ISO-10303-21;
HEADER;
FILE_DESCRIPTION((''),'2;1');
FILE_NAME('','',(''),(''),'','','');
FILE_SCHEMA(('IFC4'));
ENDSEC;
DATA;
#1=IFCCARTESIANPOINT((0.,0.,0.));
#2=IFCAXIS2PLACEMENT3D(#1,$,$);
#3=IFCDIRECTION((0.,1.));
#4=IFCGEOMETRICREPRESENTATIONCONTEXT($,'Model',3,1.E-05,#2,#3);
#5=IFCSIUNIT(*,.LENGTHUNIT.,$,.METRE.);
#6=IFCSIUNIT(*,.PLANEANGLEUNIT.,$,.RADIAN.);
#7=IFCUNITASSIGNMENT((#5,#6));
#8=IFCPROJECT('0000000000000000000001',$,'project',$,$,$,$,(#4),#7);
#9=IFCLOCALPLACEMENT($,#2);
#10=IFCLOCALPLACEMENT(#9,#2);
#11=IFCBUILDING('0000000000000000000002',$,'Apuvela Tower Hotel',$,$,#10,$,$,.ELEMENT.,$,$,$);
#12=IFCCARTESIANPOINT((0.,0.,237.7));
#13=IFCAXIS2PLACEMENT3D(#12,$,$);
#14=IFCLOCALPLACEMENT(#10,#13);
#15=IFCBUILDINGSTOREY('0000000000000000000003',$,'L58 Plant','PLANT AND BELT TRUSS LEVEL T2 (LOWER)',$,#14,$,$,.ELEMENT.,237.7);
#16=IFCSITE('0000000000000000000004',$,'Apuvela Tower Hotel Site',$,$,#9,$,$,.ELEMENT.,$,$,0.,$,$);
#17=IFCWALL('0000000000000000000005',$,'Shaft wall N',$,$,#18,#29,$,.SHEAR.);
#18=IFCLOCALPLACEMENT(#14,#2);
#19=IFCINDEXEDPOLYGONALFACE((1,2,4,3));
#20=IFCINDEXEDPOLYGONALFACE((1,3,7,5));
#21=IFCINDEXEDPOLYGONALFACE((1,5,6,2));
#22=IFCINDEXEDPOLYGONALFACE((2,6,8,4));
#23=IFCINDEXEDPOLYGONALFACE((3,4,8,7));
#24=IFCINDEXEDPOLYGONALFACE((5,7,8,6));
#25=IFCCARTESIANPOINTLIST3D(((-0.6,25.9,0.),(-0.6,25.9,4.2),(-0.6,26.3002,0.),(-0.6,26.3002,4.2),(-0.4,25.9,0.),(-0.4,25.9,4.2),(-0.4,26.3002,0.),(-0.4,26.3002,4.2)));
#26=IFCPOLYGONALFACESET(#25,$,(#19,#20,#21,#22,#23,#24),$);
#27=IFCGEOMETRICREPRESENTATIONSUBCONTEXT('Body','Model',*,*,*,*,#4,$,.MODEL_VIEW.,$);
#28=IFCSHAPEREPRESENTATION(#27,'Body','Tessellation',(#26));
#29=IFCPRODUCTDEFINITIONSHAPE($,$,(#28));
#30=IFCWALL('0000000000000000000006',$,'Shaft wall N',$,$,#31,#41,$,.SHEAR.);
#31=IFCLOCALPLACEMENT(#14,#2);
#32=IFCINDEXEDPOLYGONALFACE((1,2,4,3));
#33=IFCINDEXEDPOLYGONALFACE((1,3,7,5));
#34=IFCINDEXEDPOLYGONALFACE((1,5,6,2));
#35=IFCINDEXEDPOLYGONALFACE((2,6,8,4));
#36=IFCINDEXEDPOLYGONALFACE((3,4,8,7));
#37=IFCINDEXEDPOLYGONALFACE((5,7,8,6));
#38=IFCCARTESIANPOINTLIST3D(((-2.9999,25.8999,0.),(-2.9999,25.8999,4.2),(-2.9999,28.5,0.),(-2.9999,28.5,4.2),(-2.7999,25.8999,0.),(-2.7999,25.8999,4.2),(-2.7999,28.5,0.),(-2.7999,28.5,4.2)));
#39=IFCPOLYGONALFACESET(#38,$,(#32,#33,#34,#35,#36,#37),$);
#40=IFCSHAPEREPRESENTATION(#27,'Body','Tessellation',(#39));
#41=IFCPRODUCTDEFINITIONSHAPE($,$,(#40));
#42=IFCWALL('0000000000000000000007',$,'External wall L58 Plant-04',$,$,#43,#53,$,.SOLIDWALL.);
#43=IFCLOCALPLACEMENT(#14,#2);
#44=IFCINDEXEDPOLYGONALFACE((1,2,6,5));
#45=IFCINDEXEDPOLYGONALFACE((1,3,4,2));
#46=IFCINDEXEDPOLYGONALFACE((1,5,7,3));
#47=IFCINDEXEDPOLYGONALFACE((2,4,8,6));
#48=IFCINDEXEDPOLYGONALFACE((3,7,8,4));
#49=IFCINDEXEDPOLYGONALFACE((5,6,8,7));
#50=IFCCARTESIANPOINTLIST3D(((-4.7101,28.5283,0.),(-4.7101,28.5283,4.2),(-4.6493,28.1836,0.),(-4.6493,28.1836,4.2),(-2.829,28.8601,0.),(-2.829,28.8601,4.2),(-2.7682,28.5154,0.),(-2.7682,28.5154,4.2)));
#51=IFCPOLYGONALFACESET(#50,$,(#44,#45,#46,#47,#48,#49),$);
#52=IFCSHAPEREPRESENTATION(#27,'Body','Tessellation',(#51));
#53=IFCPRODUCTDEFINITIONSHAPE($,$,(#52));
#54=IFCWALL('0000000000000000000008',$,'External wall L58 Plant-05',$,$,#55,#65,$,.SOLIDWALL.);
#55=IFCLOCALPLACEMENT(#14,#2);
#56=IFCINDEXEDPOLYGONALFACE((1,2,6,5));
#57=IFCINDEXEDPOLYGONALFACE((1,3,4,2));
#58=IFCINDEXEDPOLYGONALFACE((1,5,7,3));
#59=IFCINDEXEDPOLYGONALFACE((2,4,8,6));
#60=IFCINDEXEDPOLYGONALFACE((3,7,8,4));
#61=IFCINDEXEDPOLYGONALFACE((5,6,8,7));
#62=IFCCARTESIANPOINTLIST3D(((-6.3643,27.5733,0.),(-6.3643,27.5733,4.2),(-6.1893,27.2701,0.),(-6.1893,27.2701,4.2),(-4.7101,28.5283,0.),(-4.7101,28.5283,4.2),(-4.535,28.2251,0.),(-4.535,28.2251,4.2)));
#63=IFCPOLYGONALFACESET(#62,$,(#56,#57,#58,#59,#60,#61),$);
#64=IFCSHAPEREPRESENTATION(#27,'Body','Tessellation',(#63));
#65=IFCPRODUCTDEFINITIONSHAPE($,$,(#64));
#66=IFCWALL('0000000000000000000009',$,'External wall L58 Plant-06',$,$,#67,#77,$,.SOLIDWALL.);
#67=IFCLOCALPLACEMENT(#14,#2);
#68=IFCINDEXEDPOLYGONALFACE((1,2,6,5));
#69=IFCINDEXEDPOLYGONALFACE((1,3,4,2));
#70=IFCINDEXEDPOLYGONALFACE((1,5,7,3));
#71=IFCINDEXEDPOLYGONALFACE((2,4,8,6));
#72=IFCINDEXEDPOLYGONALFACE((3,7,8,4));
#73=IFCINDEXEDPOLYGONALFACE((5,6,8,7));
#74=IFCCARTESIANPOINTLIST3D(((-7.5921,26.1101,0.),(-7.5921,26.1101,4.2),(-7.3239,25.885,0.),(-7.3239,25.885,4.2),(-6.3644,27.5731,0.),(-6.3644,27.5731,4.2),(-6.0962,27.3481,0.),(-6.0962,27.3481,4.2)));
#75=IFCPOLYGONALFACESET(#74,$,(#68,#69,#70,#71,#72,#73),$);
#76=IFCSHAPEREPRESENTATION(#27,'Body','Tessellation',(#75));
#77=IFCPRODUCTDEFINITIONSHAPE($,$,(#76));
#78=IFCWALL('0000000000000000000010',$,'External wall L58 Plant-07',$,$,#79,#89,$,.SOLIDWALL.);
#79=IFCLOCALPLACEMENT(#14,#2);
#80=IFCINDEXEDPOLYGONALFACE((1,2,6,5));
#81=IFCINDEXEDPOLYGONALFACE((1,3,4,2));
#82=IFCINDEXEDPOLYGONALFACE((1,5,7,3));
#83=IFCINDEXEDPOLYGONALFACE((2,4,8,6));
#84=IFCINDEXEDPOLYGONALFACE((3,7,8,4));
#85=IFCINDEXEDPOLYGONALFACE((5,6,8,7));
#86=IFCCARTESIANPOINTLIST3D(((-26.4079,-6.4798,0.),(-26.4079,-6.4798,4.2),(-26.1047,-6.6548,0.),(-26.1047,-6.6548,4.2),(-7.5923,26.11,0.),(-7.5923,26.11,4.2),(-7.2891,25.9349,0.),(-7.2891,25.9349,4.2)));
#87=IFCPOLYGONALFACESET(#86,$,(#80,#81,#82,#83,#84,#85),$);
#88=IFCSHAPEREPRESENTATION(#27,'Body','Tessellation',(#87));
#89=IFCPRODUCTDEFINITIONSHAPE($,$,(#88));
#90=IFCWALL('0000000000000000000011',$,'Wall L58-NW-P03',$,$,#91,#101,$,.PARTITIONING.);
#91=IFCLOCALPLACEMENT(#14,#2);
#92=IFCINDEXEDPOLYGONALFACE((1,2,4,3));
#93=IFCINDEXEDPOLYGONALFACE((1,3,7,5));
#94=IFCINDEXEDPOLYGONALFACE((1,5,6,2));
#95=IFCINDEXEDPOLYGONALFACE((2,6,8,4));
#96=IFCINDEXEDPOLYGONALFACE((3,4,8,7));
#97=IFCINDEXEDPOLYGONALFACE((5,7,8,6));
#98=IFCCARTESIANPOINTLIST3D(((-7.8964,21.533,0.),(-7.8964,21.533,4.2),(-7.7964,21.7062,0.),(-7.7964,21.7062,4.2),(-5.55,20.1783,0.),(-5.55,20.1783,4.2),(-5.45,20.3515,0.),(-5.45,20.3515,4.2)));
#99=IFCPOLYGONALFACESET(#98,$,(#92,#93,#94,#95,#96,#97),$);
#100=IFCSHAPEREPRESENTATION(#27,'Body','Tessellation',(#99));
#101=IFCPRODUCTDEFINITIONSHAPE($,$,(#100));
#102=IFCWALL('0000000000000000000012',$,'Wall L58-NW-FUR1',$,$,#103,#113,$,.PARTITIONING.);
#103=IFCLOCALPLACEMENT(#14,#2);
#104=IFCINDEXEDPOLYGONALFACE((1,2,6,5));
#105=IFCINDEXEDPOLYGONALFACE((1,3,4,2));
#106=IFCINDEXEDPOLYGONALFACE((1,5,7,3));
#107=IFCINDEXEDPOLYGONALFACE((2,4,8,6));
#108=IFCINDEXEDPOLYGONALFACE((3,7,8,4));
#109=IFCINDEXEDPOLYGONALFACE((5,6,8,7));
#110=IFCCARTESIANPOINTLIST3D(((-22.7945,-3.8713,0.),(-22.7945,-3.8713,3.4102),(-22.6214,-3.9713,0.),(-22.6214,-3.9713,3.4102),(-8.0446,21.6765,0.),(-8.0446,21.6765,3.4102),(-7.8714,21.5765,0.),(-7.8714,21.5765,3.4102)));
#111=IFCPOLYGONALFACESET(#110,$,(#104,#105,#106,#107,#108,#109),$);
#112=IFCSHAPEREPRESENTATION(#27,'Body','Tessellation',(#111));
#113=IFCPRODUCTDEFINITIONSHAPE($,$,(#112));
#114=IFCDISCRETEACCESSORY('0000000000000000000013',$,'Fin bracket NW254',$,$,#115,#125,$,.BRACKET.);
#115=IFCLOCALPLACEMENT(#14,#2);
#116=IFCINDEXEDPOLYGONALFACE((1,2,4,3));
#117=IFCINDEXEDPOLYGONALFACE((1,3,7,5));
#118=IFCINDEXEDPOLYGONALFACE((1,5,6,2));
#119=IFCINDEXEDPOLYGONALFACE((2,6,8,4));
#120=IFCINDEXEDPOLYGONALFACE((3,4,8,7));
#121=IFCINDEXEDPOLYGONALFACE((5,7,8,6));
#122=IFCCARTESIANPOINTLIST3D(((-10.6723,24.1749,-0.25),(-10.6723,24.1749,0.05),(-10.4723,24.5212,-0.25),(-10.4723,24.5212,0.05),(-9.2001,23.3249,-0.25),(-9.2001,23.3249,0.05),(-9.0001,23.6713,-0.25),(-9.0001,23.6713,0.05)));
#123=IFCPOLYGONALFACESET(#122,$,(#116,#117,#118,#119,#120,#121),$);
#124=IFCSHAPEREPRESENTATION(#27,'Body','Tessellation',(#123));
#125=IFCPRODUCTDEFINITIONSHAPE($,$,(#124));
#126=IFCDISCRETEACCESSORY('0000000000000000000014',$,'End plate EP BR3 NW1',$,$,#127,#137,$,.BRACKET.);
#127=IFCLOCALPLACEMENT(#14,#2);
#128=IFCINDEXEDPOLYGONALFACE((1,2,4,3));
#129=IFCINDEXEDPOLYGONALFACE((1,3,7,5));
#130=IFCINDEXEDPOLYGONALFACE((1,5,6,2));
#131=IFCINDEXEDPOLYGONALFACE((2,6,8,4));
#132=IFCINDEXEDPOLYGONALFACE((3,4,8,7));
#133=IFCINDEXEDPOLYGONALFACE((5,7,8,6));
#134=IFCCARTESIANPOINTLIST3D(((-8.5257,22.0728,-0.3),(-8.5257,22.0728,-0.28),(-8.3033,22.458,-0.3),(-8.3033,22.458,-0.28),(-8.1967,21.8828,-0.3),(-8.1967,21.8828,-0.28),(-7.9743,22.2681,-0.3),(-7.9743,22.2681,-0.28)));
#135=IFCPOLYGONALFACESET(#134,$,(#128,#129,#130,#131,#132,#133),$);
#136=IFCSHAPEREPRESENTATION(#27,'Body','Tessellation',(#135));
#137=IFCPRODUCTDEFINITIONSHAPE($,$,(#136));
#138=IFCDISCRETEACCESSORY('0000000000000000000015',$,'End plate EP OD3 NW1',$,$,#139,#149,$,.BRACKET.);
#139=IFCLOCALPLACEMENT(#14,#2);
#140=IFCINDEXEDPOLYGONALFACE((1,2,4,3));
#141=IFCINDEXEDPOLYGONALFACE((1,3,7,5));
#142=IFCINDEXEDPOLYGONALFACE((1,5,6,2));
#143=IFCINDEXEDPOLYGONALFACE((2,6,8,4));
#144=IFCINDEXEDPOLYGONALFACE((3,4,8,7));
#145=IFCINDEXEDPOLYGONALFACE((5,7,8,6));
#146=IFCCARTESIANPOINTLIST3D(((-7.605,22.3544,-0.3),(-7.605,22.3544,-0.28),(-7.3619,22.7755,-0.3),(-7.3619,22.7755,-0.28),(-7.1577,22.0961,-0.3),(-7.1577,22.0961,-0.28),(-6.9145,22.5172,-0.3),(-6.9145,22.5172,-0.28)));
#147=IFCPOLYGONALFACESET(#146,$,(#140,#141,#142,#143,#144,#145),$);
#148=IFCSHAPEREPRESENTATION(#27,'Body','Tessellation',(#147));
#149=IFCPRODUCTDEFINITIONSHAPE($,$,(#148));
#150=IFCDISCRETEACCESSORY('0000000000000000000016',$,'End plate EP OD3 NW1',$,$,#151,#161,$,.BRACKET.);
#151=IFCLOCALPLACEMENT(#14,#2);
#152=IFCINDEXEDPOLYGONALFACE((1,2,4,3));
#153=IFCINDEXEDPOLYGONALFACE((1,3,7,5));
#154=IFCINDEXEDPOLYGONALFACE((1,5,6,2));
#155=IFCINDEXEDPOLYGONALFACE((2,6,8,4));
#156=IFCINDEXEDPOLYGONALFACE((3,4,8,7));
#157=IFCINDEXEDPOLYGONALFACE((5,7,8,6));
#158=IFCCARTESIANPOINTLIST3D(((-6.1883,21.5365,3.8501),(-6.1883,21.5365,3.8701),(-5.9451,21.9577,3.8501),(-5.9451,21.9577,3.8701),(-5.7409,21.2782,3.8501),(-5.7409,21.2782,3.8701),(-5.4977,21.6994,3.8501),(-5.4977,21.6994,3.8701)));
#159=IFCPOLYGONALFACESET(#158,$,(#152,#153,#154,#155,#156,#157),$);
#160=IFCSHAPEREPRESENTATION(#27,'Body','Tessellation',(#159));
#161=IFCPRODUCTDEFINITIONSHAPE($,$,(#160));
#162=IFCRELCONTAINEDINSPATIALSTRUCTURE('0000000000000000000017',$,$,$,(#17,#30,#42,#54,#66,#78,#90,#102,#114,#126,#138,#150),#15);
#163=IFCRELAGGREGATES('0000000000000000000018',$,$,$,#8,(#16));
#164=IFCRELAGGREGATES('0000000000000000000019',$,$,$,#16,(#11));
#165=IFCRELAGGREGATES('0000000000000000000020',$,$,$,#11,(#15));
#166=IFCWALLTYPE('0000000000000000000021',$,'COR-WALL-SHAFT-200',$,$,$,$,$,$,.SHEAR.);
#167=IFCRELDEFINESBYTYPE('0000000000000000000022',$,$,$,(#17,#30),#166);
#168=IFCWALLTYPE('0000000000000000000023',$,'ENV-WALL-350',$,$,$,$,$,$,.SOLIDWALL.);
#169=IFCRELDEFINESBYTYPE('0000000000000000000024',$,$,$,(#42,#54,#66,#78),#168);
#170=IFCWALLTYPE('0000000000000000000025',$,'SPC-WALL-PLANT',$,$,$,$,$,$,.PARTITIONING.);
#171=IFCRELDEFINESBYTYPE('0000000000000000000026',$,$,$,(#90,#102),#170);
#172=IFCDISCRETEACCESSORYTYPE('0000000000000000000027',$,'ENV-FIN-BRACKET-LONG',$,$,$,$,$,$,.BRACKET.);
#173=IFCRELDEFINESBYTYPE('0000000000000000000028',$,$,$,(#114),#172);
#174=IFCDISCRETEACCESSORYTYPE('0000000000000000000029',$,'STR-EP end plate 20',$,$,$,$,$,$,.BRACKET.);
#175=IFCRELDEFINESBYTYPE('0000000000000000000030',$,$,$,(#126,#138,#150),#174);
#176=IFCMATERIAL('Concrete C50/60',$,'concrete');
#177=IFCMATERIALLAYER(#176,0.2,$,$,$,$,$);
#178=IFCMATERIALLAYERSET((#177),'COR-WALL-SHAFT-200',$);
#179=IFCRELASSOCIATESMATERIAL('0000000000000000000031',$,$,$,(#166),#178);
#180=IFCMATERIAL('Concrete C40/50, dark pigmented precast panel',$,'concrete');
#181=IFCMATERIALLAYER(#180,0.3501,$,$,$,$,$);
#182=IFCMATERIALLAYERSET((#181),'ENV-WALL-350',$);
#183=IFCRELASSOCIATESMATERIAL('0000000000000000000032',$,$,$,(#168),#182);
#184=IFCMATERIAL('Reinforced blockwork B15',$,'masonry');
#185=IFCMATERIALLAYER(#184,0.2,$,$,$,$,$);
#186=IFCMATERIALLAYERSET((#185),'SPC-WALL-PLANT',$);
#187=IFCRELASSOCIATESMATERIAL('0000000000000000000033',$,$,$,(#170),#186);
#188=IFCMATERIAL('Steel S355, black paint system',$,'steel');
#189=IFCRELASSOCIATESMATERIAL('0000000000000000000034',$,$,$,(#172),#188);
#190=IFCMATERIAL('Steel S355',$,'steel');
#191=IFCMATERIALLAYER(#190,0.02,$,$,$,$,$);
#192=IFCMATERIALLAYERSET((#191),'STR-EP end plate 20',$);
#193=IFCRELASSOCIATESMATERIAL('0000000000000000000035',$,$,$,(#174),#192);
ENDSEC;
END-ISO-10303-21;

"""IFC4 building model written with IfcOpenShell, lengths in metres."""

from ifc_helpers import new_model, si_unit, direction, frame, frame_2d, origin, origin_2d, place, context, subcontext, project, spatial, rectangle, extrude, material, layer, layer_set, type_object, element, save


model = new_model("IFC4")

# Units and contexts
model_context = context("Model", 3, precision=1e-05, world=origin(), true_north=direction((0.0, 1.0)))
body_context = subcontext(model_context, "Body", "Model", "MODEL_VIEW")
ifc_project = project(units=[si_unit("LENGTHUNIT", "METRE"), si_unit("PLANEANGLEUNIT", "RADIAN")], contexts=[model_context])

# Site, building, storey
site_placement = place(None, origin())
site = spatial("IfcSite", under=ifc_project, at=site_placement, Name="Apuvela Tower Hotel Site", CompositionType="ELEMENT", RefElevation=0.0)
building_placement = place(site_placement, origin())
building = spatial("IfcBuilding", under=site, at=building_placement, Name="Apuvela Tower Hotel", CompositionType="ELEMENT")
storey_placement = place(building_placement, frame((0.0, 0.0, 237.7)))
storey = spatial("IfcBuildingStorey", under=building, at=storey_placement, Name="L58 Plant", Description="PLANT AND BELT TRUSS LEVEL T2 (LOWER)", CompositionType="ELEMENT", Elevation=237.7)

# Shared definitions
ifc_material_1 = material(Name="Steel S355", Category="steel")

# Walls
ifc_material_2 = material(Name="Concrete C50/60", Category="concrete")
ifc_layer_1 = layer(ifc_material_2, 0.2)
ifc_layer_set_1 = layer_set([ifc_layer_1], Name="COR-WALL-SHAFT-200")
wall_type_1 = type_object("IfcWallType", Name="COR-WALL-SHAFT-200", PredefinedType="SHEAR", material=ifc_layer_set_1)
wall_1_placement = place(storey_placement, frame((-0.5, 25.8999, 0.0), z_axis=(0.0, 0.0, 1.0), x_axis=(0.0, 1.0, 0.0)))
element("IfcWall", 1, at=wall_1_placement, inside=storey, type_object=wall_type_1, Name="Shaft wall N", PredefinedType="SHEAR", context=body_context, shape_type="SweptSolid", body=[
    extrude(rectangle(XDim=0.4001, YDim=0.2, at=frame_2d((0.2002, 0.0))), origin(), (0.0, 0.0, 1.0), 4.2),
])
wall_2_placement = place(storey_placement, frame((-2.8999, 25.8999, 0.0), z_axis=(0.0, 0.0, 1.0), x_axis=(0.0, 1.0, 0.0)))
element("IfcWall", 2, at=wall_2_placement, inside=storey, type_object=wall_type_1, Name="Shaft wall N", PredefinedType="SHEAR", context=body_context, shape_type="SweptSolid", body=[
    extrude(rectangle(XDim=2.6001, YDim=0.2, at=frame_2d((1.3, 0.0))), origin(), (0.0, 0.0, 1.0), 4.2),
])
ifc_material_3 = material(Name="Concrete C40/50, dark pigmented precast panel", Category="concrete")
ifc_layer_2 = layer(ifc_material_3, 0.3501)
ifc_layer_set_2 = layer_set([ifc_layer_2], Name="ENV-WALL-350")
wall_type_2 = type_object("IfcWallType", Name="ENV-WALL-350", PredefinedType="SOLIDWALL", material=ifc_layer_set_2)
for number, where, z_axis, x_axis, name in (
    (3, (-2.7986, 28.6877, 0.0), (0.0, 0.0, 1.0), (-0.984799, -0.173698, 0.0), "External wall L58 Plant-04"),
    (4, (-4.6226, 28.3767, 0.0), (0.0, 0.0, 1.0), (-0.866032, -0.499988, 0.0), "External wall L58 Plant-05"),
):
    element("IfcWall", number, at=place(storey_placement, frame(where, z_axis=z_axis, x_axis=x_axis)), inside=storey, type_object=wall_type_2, Name=name, PredefinedType="SOLIDWALL", context=body_context, shape_type="SweptSolid", body=[
        extrude(rectangle(XDim=1.9102, YDim=0.3501, at=frame_2d((0.9551, 0.0))), origin(), (0.0, 0.0, 1.0), 4.2),
    ])
wall_3_placement = place(storey_placement, frame((-6.2302, 27.4607, 0.0), z_axis=(0.0, 0.0, 1.0), x_axis=(-0.642808, -0.766027, 0.0)))
element("IfcWall", 5, at=wall_3_placement, inside=storey, type_object=wall_type_2, Name="External wall L58 Plant-06", PredefinedType="SOLIDWALL", context=body_context, shape_type="SweptSolid", body=[
    extrude(rectangle(XDim=1.9099, YDim=0.3501, at=frame_2d((0.9551, 0.0))), origin(), (0.0, 0.0, 1.0), 4.2),
])
wall_4_placement = place(storey_placement, frame((-7.4407, 26.0225, 0.0), z_axis=(0.0, 0.0, 1.0), x_axis=(-0.499998, -0.866026, 0.0)))
element("IfcWall", 6, at=wall_4_placement, inside=storey, type_object=wall_type_2, Name="External wall L58 Plant-07", PredefinedType="SOLIDWALL", context=body_context, shape_type="SweptSolid", body=[
    extrude(rectangle(XDim=37.6313, YDim=0.3501, at=frame_2d((18.8157, 0.0))), origin(), (0.0, 0.0, 1.0), 4.2),
])
ifc_material_4 = material(Name="Reinforced blockwork B15", Category="masonry")
ifc_layer_3 = layer(ifc_material_4, 0.2)
ifc_layer_set_3 = layer_set([ifc_layer_3], Name="SPC-WALL-PLANT")
wall_type_3 = type_object("IfcWallType", Name="SPC-WALL-PLANT", PredefinedType="PARTITIONING", material=ifc_layer_set_3)
wall_5_placement = place(storey_placement, frame((-7.8464, 21.6196, 0.0), z_axis=(0.0, 0.0, 1.0), x_axis=(0.866022, -0.500006, 0.0)))
element("IfcWall", 7, at=wall_5_placement, inside=storey, type_object=wall_type_3, Name="Wall L58-NW-P03", PredefinedType="PARTITIONING", context=body_context, shape_type="SweptSolid", body=[
    extrude(rectangle(XDim=2.7095, YDim=0.2, at=frame_2d((1.3547, 0.0))), origin(), (0.0, 0.0, 1.0), 4.2),
])
wall_6_placement = place(storey_placement, frame((-7.958, 21.6265, 0.0), z_axis=(0.0, 0.0, 1.0), x_axis=(-0.499999, -0.866026, 0.0)))
element("IfcWall", 8, at=wall_6_placement, inside=storey, type_object=wall_type_3, Name="Wall L58-NW-FUR1", PredefinedType="PARTITIONING", context=body_context, shape_type="SweptSolid", body=[
    extrude(rectangle(XDim=29.5, YDim=0.2, at=frame_2d((14.75, 0.0))), origin(), (0.0, 0.0, 1.0), 3.4102),
])

# Discrete accessories
ifc_material_5 = material(Name="Steel S355, black paint system", Category="steel")
discrete_accessory_type_1 = type_object("IfcDiscreteAccessoryType", Name="ENV-FIN-BRACKET-LONG", PredefinedType="BRACKET", material=ifc_material_5)
discrete_accessory_1_placement = place(storey_placement, frame((-9.8362, 23.9231, -0.25), z_axis=(0.0, 0.0, 1.0), x_axis=(-0.5, -0.866025, 0.0)))
element("IfcDiscreteAccessory", 9, at=discrete_accessory_1_placement, inside=storey, type_object=discrete_accessory_type_1, Name="Fin bracket NW254", PredefinedType="BRACKET", context=body_context, shape_type="SweptSolid", body=[
    extrude(rectangle(XDim=0.3999, YDim=1.7, at=origin_2d()), origin(), (0.0, 0.0, 1.0), 0.3),
])
ifc_layer_4 = layer(ifc_material_1, 0.02)
ifc_layer_set_4 = layer_set([ifc_layer_4], Name="STR-EP end plate 20")
discrete_accessory_type_2 = type_object("IfcDiscreteAccessoryType", Name="STR-EP end plate 20", PredefinedType="BRACKET", material=ifc_layer_set_4)
discrete_accessory_2_placement = place(storey_placement, frame((-8.25, 22.1704, -0.3), z_axis=(0.0, 0.0, 1.0), x_axis=(-0.5, -0.866025, 0.0)))
element("IfcDiscreteAccessory", 10, at=discrete_accessory_2_placement, inside=storey, type_object=discrete_accessory_type_2, Name="End plate EP BR3 NW1", PredefinedType="BRACKET", context=body_context, shape_type="SweptSolid", body=[
    extrude(rectangle(XDim=0.4448, YDim=0.3799, at=origin_2d()), origin(), (0.0, 0.0, 1.0), 0.02),
])
for number, where, z_axis, x_axis, name in (
    (11, (-7.2598, 22.4358, -0.3), (0.0, 0.0, 1.0), (0.866025, -0.5, 0.0), "End plate EP OD3 NW1"),
    (12, (-5.843, 21.6179, 3.8501), (0.0, 0.0, 1.0), (0.866025, -0.5, 0.0), "End plate EP OD3 NW1"),
):
    element("IfcDiscreteAccessory", number, at=place(storey_placement, frame(where, z_axis=z_axis, x_axis=x_axis)), inside=storey, type_object=discrete_accessory_type_2, Name=name, PredefinedType="BRACKET", context=body_context, shape_type="SweptSolid", body=[
        extrude(rectangle(XDim=0.5166, YDim=0.4863, at=origin_2d()), origin(), (0.0, 0.0, 1.0), 0.02),
    ])

save(model, "model.ifc")
